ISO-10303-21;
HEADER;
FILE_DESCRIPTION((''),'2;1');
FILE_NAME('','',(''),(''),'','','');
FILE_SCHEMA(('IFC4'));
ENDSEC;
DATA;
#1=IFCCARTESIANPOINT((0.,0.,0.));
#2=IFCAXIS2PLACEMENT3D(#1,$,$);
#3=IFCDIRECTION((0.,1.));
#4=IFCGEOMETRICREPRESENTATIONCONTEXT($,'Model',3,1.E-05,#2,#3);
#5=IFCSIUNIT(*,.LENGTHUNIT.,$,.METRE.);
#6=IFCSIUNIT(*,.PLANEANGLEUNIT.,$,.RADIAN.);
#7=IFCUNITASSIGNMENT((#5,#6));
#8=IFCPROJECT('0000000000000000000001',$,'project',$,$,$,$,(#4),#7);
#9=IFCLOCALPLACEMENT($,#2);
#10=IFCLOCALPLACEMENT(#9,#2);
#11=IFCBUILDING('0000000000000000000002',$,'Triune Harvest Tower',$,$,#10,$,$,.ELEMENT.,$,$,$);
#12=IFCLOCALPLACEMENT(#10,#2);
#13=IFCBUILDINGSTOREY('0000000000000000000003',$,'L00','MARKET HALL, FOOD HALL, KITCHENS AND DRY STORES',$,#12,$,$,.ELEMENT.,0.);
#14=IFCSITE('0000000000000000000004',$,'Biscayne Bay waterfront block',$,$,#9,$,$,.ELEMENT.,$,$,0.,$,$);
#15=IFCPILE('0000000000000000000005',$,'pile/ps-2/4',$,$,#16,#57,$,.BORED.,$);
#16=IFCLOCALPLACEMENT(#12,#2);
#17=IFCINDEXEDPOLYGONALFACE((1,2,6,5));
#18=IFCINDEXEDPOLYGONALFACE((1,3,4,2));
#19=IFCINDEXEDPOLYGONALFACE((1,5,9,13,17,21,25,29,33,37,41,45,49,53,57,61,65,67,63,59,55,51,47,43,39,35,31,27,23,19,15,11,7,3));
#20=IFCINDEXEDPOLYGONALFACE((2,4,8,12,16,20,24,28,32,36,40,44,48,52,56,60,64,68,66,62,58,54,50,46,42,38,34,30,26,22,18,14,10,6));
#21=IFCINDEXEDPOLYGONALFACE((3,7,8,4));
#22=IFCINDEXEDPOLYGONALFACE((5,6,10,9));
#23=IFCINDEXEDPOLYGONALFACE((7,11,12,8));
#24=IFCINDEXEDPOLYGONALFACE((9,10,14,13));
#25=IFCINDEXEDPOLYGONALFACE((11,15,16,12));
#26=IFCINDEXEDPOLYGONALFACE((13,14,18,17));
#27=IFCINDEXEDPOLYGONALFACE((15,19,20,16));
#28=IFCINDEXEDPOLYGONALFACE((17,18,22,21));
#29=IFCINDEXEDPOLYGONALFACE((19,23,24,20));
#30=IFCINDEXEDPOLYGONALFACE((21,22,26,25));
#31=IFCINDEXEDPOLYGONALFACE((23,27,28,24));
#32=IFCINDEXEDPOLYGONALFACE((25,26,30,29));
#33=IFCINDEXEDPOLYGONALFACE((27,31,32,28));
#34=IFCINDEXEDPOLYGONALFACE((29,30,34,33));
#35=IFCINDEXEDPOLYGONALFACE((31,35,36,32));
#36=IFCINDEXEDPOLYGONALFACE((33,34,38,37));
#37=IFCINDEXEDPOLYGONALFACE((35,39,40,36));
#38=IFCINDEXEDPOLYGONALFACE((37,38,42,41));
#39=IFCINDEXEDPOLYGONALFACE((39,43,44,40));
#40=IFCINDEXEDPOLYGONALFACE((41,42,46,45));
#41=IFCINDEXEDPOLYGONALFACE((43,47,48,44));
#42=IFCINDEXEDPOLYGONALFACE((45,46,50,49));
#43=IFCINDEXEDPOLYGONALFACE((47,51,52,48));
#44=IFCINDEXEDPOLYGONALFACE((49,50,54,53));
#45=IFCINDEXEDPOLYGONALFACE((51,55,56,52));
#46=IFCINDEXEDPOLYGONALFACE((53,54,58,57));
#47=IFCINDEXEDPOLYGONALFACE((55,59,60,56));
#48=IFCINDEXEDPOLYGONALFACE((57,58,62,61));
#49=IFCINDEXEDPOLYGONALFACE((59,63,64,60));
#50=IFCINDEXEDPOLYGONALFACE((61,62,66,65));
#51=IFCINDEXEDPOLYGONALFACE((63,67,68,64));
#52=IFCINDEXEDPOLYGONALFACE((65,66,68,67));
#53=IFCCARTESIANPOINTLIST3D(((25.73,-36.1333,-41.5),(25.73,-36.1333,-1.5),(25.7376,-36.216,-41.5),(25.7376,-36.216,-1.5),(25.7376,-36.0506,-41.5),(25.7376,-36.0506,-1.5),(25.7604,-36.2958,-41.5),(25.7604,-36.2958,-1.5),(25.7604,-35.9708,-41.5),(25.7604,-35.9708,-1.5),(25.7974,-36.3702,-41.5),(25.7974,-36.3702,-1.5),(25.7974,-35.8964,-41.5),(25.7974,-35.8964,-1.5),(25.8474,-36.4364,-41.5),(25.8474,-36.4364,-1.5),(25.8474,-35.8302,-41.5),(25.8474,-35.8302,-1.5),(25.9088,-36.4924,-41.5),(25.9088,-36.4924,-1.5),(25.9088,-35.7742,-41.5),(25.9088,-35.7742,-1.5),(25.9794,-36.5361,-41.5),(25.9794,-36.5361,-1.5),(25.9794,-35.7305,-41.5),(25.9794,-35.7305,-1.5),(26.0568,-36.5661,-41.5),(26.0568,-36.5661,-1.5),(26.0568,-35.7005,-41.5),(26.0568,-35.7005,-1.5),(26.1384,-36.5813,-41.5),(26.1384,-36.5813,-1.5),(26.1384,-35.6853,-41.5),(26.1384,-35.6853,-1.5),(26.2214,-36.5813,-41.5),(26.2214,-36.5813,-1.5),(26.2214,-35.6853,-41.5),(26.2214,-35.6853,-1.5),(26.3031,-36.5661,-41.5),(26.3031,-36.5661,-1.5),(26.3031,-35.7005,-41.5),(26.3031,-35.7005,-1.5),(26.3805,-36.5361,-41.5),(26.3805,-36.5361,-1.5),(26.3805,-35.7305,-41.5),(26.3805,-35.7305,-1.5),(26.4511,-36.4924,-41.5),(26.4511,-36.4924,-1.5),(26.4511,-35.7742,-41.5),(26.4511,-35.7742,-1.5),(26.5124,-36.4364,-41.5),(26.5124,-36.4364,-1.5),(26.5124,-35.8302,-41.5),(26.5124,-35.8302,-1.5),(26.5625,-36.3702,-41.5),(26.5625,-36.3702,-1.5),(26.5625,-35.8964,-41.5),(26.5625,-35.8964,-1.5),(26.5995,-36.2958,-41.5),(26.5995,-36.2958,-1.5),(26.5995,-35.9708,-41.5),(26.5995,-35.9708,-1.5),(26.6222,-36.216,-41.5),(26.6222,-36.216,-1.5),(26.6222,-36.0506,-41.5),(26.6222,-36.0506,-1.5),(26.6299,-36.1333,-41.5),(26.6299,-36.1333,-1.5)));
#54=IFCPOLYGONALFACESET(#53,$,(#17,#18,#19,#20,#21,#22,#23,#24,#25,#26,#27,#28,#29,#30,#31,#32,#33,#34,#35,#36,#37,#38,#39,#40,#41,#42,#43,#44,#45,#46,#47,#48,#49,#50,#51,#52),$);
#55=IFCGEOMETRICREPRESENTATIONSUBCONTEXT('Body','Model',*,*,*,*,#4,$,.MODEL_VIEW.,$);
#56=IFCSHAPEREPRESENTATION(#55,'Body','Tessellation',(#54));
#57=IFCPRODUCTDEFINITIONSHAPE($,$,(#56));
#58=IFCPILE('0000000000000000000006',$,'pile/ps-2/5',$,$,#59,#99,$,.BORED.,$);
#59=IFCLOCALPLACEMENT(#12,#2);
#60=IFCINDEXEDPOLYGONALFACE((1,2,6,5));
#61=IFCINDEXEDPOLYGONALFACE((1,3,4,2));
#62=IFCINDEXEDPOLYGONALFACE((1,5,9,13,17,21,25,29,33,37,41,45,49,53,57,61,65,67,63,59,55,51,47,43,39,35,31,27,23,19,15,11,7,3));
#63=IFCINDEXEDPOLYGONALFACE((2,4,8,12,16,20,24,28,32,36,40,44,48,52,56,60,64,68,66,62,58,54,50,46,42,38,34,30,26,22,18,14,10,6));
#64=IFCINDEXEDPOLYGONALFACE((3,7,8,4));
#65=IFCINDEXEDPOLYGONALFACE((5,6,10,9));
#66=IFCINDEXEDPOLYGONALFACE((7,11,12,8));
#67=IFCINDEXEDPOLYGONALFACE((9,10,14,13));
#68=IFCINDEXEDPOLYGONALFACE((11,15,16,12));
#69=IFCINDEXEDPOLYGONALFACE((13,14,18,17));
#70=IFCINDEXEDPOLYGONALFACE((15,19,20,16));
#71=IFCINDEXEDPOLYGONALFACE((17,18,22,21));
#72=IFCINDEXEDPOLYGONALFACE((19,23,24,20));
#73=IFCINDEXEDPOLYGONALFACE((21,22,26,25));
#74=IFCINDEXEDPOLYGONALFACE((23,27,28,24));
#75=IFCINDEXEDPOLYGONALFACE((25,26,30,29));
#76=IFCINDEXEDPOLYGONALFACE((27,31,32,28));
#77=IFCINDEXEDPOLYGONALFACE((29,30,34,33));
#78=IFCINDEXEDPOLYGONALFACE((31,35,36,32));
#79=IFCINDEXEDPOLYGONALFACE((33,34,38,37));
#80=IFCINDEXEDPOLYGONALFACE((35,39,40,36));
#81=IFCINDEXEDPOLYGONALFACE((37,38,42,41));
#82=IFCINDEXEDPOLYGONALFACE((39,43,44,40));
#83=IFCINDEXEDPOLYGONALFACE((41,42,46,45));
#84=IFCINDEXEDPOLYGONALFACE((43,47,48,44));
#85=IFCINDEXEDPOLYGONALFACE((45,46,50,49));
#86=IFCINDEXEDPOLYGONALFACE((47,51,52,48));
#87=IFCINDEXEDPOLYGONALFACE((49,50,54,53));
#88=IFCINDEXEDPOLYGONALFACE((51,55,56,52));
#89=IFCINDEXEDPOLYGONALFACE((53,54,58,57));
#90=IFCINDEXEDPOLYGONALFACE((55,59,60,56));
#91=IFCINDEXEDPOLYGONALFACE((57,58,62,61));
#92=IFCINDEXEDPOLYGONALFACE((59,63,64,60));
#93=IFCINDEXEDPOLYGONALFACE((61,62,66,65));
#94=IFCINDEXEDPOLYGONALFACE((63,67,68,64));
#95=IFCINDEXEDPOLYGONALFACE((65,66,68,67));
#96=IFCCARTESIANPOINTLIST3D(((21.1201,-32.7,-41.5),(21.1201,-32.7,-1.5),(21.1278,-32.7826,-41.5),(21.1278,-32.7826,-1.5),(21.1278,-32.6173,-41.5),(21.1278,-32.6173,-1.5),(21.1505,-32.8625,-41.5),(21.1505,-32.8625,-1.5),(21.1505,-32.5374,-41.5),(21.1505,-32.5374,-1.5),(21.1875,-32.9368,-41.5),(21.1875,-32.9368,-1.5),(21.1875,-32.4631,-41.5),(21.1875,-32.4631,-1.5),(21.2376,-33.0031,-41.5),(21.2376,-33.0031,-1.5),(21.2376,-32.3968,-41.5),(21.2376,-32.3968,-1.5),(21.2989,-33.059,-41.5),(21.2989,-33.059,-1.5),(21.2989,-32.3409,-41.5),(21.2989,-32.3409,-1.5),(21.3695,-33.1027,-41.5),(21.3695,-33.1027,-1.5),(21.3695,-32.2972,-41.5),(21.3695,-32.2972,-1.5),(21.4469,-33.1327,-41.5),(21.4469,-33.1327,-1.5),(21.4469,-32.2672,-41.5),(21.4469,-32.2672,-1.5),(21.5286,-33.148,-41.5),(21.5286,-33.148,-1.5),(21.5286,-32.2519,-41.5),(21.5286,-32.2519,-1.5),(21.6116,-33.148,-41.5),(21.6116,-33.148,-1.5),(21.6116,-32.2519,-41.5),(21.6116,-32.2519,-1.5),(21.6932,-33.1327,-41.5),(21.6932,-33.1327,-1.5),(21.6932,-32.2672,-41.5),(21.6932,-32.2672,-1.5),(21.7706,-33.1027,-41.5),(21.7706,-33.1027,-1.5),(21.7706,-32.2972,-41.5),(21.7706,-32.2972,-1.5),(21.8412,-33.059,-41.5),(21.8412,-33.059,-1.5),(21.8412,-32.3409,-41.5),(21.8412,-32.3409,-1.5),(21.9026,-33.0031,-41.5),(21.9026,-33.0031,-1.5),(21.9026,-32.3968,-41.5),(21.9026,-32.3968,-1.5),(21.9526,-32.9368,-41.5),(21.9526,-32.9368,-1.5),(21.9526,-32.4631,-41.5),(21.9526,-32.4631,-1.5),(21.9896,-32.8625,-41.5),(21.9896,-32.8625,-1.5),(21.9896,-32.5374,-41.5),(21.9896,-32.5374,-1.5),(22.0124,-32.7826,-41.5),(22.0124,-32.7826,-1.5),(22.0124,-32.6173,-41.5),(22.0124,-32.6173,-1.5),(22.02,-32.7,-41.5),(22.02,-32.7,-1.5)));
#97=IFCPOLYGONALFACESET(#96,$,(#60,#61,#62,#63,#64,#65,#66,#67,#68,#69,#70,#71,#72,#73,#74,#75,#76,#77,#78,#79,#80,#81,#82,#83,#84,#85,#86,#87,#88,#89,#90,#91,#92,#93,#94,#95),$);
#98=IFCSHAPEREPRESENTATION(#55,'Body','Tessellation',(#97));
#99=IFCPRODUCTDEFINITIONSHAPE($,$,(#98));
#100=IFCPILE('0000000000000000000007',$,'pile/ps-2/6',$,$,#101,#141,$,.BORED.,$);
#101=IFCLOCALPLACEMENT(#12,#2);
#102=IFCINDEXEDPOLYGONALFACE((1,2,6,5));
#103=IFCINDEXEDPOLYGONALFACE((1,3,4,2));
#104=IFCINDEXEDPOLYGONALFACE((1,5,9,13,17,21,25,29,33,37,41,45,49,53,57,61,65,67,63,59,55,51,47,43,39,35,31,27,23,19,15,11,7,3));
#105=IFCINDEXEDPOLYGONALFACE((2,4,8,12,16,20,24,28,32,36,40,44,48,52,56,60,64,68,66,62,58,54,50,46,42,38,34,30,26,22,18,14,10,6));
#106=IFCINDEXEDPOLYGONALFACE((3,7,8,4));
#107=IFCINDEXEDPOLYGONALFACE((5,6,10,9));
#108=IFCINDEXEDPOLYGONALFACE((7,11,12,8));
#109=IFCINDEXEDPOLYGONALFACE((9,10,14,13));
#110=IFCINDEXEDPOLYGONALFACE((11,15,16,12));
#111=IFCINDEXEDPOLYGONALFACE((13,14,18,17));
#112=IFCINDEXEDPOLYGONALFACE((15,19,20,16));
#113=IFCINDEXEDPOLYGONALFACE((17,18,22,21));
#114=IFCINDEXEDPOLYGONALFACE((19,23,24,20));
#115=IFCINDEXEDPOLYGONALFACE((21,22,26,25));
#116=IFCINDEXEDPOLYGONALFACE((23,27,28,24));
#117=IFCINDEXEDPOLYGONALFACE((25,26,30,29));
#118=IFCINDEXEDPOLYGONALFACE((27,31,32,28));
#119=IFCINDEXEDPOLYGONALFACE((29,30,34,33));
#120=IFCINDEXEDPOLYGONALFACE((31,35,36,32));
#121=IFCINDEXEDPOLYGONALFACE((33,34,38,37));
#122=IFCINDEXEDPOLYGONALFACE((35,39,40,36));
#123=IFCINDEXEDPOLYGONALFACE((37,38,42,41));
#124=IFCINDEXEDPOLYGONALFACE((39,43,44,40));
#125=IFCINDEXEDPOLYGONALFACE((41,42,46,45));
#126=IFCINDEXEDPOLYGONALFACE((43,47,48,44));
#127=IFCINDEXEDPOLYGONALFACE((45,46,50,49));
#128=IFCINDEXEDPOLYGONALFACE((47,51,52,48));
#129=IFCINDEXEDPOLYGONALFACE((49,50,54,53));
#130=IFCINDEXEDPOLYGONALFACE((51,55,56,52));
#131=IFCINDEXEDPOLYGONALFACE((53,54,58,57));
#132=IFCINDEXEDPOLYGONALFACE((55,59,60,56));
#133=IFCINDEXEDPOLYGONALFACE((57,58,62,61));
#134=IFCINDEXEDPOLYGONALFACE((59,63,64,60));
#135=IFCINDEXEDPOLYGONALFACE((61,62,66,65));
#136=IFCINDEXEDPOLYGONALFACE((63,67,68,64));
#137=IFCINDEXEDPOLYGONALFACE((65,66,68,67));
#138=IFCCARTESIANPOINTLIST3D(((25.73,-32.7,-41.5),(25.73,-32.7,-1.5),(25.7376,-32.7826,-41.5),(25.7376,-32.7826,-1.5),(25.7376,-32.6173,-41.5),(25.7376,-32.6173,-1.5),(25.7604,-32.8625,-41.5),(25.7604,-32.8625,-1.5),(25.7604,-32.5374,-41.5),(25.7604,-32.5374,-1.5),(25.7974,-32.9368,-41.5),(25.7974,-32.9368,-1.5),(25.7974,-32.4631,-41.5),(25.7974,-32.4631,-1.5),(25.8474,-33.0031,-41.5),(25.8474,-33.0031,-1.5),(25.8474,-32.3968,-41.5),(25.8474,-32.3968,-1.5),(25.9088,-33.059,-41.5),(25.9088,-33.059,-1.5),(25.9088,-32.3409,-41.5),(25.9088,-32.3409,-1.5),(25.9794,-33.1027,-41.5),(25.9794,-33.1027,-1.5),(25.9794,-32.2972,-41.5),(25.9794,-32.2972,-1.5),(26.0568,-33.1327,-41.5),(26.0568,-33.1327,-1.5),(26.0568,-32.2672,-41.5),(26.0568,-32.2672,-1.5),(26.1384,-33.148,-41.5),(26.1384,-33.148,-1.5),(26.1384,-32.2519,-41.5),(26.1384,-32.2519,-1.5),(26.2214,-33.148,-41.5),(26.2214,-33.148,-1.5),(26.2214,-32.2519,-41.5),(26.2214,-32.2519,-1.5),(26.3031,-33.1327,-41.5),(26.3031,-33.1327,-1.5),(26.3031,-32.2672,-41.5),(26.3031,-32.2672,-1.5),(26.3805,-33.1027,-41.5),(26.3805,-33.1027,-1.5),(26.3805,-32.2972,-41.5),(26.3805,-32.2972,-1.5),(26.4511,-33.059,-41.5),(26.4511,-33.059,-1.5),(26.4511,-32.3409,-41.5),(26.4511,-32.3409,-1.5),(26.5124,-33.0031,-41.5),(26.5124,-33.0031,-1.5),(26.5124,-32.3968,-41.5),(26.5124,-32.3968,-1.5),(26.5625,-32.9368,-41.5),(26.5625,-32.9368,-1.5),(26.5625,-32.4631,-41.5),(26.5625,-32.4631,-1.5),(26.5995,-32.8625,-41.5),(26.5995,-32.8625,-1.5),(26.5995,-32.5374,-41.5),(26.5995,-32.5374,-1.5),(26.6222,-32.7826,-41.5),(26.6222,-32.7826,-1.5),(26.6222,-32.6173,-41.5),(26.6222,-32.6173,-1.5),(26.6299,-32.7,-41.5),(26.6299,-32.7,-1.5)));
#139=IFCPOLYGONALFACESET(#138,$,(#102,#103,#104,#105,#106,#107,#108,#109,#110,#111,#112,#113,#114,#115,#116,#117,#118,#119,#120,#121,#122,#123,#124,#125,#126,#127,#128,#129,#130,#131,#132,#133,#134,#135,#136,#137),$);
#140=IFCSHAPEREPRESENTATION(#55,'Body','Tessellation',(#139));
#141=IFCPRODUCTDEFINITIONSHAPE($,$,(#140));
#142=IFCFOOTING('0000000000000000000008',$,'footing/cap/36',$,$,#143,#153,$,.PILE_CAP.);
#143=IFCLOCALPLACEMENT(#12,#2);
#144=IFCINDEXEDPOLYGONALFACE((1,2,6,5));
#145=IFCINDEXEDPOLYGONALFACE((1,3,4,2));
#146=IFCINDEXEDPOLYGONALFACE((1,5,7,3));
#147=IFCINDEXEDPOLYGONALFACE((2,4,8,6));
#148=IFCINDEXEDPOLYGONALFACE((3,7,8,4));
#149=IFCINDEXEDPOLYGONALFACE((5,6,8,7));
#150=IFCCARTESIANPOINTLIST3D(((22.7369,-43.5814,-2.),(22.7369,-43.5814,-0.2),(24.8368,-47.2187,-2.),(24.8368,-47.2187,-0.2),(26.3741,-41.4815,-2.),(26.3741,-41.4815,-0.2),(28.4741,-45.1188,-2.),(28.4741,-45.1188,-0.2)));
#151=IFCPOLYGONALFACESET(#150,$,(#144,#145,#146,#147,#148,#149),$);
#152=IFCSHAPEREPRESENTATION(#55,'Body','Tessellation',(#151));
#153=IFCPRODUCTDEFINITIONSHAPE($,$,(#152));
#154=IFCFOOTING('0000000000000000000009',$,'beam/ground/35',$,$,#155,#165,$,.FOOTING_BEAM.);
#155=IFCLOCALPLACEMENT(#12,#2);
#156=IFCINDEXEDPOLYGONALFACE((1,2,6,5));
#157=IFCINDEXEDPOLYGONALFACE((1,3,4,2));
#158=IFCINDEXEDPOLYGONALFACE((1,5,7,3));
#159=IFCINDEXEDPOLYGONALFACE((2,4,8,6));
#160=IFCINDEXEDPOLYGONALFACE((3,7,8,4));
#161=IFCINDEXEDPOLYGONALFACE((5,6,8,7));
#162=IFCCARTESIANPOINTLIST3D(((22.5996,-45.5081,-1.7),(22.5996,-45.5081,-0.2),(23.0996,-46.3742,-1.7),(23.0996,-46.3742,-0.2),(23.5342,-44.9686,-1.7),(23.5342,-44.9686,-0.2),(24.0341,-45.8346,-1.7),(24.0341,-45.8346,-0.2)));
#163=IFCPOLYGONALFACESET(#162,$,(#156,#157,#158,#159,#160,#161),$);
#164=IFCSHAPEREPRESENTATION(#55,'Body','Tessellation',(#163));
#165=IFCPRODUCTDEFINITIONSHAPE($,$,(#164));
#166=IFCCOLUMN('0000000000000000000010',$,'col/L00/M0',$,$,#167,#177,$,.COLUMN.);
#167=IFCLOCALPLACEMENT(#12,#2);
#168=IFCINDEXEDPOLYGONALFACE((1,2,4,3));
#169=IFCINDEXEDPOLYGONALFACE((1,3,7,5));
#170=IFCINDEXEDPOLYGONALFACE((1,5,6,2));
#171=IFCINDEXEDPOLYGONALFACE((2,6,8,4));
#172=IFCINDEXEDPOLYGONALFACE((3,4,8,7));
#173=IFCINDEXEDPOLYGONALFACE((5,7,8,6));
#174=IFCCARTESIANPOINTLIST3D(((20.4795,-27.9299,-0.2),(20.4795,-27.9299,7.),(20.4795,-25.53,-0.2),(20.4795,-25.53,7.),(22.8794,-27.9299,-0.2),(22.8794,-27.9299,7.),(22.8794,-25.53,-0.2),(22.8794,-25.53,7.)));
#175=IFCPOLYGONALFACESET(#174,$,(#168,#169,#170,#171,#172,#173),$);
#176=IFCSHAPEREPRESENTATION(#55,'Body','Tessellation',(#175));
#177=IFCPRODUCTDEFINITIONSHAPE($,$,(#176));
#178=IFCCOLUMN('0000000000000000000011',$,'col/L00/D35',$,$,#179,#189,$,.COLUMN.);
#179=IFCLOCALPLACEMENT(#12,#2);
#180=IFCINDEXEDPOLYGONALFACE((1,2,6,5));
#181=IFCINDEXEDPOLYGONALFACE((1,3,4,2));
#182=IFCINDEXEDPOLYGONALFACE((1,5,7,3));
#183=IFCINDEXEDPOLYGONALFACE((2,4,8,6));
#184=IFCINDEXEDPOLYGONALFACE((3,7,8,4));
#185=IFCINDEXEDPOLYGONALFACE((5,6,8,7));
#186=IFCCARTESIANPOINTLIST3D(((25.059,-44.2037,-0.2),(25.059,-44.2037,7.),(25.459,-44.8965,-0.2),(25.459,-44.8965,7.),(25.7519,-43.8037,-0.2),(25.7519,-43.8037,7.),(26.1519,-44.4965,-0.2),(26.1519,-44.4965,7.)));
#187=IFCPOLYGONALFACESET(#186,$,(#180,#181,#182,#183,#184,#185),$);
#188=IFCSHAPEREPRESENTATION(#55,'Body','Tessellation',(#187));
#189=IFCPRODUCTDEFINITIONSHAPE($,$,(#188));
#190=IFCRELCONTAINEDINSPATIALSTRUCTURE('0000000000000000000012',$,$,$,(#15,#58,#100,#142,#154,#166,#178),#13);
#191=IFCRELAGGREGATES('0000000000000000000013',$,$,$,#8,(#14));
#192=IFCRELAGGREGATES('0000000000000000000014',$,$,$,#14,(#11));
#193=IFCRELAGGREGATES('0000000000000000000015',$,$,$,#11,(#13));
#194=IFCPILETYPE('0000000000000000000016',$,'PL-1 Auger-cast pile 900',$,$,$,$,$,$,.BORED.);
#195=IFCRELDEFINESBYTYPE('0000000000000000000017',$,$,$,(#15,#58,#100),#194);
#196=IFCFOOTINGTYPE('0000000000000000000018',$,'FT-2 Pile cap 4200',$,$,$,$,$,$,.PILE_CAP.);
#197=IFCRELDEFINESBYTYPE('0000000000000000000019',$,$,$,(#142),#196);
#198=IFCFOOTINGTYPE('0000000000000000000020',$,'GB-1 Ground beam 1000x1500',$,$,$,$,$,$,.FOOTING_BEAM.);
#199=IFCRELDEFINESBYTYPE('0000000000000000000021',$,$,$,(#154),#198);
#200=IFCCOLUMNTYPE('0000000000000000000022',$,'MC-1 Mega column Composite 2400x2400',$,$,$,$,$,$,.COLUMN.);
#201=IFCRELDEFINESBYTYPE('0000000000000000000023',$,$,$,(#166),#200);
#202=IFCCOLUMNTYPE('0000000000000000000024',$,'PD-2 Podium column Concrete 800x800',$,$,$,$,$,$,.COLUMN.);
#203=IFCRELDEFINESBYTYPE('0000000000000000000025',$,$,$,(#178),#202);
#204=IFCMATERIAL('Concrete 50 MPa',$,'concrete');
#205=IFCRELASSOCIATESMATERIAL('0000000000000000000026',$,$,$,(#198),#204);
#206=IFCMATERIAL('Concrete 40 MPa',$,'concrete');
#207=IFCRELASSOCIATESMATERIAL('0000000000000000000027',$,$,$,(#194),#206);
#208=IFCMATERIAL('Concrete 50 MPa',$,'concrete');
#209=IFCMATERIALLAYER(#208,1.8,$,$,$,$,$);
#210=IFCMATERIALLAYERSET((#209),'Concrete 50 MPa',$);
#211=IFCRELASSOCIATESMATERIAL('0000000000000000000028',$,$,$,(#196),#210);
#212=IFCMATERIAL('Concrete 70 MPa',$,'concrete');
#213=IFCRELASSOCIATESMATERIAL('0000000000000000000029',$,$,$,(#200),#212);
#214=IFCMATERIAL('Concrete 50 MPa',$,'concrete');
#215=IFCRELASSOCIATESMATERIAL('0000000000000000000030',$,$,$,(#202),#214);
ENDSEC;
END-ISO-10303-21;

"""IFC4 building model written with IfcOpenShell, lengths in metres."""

from ifc_helpers import new_model, si_unit, direction, frame, origin, origin_2d, place, context, subcontext, project, spatial, rectangle, circle, extrude, source, transform, mapped, material, layer, layer_set, material_profile, profile_set, type_object, element, save


model = new_model("IFC4")

# Units and contexts
model_context = context("Model", 3, precision=1e-05, world=origin(), true_north=direction((0.0, 1.0)))
body_context = subcontext(model_context, "Body", "Model", "MODEL_VIEW")
ifc_project = project(units=[si_unit("LENGTHUNIT", "METRE"), si_unit("PLANEANGLEUNIT", "RADIAN")], contexts=[model_context])

# Site, building, storey
site_placement = place(None, origin())
site = spatial("IfcSite", under=ifc_project, at=site_placement, Name="Biscayne Bay waterfront block", CompositionType="ELEMENT", RefElevation=0.0)
building_placement = place(site_placement, origin())
building = spatial("IfcBuilding", under=site, at=building_placement, Name="Triune Harvest Tower", CompositionType="ELEMENT")
storey_placement = place(building_placement, origin())
storey = spatial("IfcBuildingStorey", under=building, at=storey_placement, Name="L00", Description="MARKET HALL, FOOD HALL, KITCHENS AND DRY STORES", CompositionType="ELEMENT", Elevation=0.0)

# Shared definitions
ifc_material_1 = material(Name="Concrete 50 MPa", Category="concrete")
ifc_material_profile_1 = material_profile(ifc_material_1, rectangle(XDim=1.0, YDim=1.5, at=origin_2d()), Name="Concrete 1000x1500")
ifc_profile_set_1 = profile_set([ifc_material_profile_1], Name="Concrete 50 MPa")
footing_type_1 = type_object("IfcFootingType", Name="GB-1 Ground beam 1000x1500", PredefinedType="FOOTING_BEAM", material=ifc_profile_set_1)

# Piles
ifc_material_2 = material(Name="Concrete 40 MPa", Category="concrete")
ifc_material_profile_2 = material_profile(ifc_material_2, circle(Radius=0.45, at=origin_2d()), Name="Bored 900")
ifc_profile_set_2 = profile_set([ifc_material_profile_2], Name="Concrete 40 MPa")
pile_type = type_object("IfcPileType", Name="PL-1 Auger-cast pile 900", PredefinedType="BORED", material=ifc_profile_set_2)
shared_shape_1 = source(origin(), body_context, "Body", "SweptSolid", [
    extrude(circle(Radius=0.45, at=origin_2d()), origin(), (0.0, 0.0, 1.0), 40.0),
])
for number, where, z_axis, x_axis, name in (
    (1, (26.1799, -36.1333, -1.5), (0.0, 0.0, -1.0), (1.0, 0.0, 0.0), "pile/ps-2/4"),
    (2, (21.5701, -32.7, -1.5), (0.0, 0.0, -1.0), (1.0, 0.0, 0.0), "pile/ps-2/5"),
    (3, (26.1799, -32.7, -1.5), (0.0, 0.0, -1.0), (1.0, 0.0, 0.0), "pile/ps-2/6"),
):
    element("IfcPile", number, at=place(storey_placement, frame(where, z_axis=z_axis, x_axis=x_axis)), inside=storey, type_object=pile_type, Name=name, PredefinedType="BORED", context=body_context, shape_type="MappedRepresentation", body=[
        mapped(shared_shape_1, transform((0.0, 0.0, 0.0), scale=1.0)),
    ])

# Footings
ifc_material_3 = material(Name="Concrete 50 MPa", Category="concrete")
ifc_layer_1 = layer(ifc_material_3, 1.8)
ifc_layer_set_1 = layer_set([ifc_layer_1], Name="Concrete 50 MPa")
footing_type_2 = type_object("IfcFootingType", Name="FT-2 Pile cap 4200", PredefinedType="PILE_CAP", material=ifc_layer_set_1)
shared_shape_2 = source(origin(), body_context, "Body", "SweptSolid", [
    extrude(rectangle(XDim=4.2, YDim=4.2, at=origin_2d()), origin(), (0.0, 0.0, 1.0), 1.8),
])
footing_1_placement = place(storey_placement, frame((25.6055, -44.3501, -2.0), z_axis=(0.0, 0.0, 1.0), x_axis=(0.866027, 0.499997, 0.0)))
element("IfcFooting", 4, at=footing_1_placement, inside=storey, type_object=footing_type_2, Name="footing/cap/36", PredefinedType="PILE_CAP", context=body_context, shape_type="MappedRepresentation", body=[
    mapped(shared_shape_2, transform((0.0, 0.0, 0.0), scale=1.0)),
])
shared_shape_3 = source(origin(), body_context, "Body", "SweptSolid", [
    extrude(rectangle(XDim=1.0, YDim=1.5, at=origin_2d()), origin(), (0.0, 0.0, 1.0), 1.0791),
])
footing_2_placement = place(storey_placement, frame((22.8496, -45.9412, -0.95), z_axis=(0.866035, 0.499984, 0.0), x_axis=(-0.499984, 0.866035, 0.0)))
element("IfcFooting", 5, at=footing_2_placement, inside=storey, type_object=footing_type_1, Name="beam/ground/35", PredefinedType="FOOTING_BEAM", context=body_context, shape_type="MappedRepresentation", body=[
    mapped(shared_shape_3, transform((0.0, 0.0, 0.0), scale=1.0)),
])

# Columns
ifc_material_4 = material(Name="Concrete 70 MPa", Category="concrete")
ifc_material_profile_3 = material_profile(ifc_material_4, rectangle(XDim=2.3999, YDim=2.3999, at=origin_2d()), Name="Composite 2400x2400")
ifc_profile_set_3 = profile_set([ifc_material_profile_3], Name="Concrete 70 MPa")
column_type_1 = type_object("IfcColumnType", Name="MC-1 Mega column Composite 2400x2400", PredefinedType="COLUMN", material=ifc_profile_set_3)
shared_shape_4 = source(origin(), body_context, "Body", "SweptSolid", [
    extrude(rectangle(XDim=2.3999, YDim=2.3999, at=origin_2d()), origin(), (0.0, 0.0, 1.0), 7.2),
])
column_1_placement = place(storey_placement, frame((21.6794, -26.73, -0.2), z_axis=(0.0, 0.0, 1.0), x_axis=(0.0, 1.0, 0.0)))
element("IfcColumn", 6, at=column_1_placement, inside=storey, type_object=column_type_1, Name="col/L00/M0", PredefinedType="COLUMN", context=body_context, shape_type="MappedRepresentation", body=[
    mapped(shared_shape_4, transform((0.0, 0.0, 0.0), scale=1.0)),
])
ifc_material_5 = material(Name="Concrete 50 MPa", Category="concrete")
ifc_material_profile_4 = material_profile(ifc_material_5, rectangle(XDim=0.8, YDim=0.8, at=origin_2d()), Name="Concrete 800x800")
ifc_profile_set_4 = profile_set([ifc_material_profile_4], Name="Concrete 50 MPa")
column_type_2 = type_object("IfcColumnType", Name="PD-2 Podium column Concrete 800x800", PredefinedType="COLUMN", material=ifc_profile_set_4)
shared_shape_5 = source(origin(), body_context, "Body", "SweptSolid", [
    extrude(rectangle(XDim=0.8, YDim=0.8, at=origin_2d()), origin(), (0.0, 0.0, 1.0), 7.2),
])
column_2_placement = place(storey_placement, frame((25.6055, -44.3501, -0.2), z_axis=(0.0, 0.0, 1.0), x_axis=(0.866027, 0.499997, 0.0)))
element("IfcColumn", 7, at=column_2_placement, inside=storey, type_object=column_type_2, Name="col/L00/D35", PredefinedType="COLUMN", context=body_context, shape_type="MappedRepresentation", body=[
    mapped(shared_shape_5, transform((0.0, 0.0, 0.0), scale=1.0)),
])

save(model, "model.ifc")
